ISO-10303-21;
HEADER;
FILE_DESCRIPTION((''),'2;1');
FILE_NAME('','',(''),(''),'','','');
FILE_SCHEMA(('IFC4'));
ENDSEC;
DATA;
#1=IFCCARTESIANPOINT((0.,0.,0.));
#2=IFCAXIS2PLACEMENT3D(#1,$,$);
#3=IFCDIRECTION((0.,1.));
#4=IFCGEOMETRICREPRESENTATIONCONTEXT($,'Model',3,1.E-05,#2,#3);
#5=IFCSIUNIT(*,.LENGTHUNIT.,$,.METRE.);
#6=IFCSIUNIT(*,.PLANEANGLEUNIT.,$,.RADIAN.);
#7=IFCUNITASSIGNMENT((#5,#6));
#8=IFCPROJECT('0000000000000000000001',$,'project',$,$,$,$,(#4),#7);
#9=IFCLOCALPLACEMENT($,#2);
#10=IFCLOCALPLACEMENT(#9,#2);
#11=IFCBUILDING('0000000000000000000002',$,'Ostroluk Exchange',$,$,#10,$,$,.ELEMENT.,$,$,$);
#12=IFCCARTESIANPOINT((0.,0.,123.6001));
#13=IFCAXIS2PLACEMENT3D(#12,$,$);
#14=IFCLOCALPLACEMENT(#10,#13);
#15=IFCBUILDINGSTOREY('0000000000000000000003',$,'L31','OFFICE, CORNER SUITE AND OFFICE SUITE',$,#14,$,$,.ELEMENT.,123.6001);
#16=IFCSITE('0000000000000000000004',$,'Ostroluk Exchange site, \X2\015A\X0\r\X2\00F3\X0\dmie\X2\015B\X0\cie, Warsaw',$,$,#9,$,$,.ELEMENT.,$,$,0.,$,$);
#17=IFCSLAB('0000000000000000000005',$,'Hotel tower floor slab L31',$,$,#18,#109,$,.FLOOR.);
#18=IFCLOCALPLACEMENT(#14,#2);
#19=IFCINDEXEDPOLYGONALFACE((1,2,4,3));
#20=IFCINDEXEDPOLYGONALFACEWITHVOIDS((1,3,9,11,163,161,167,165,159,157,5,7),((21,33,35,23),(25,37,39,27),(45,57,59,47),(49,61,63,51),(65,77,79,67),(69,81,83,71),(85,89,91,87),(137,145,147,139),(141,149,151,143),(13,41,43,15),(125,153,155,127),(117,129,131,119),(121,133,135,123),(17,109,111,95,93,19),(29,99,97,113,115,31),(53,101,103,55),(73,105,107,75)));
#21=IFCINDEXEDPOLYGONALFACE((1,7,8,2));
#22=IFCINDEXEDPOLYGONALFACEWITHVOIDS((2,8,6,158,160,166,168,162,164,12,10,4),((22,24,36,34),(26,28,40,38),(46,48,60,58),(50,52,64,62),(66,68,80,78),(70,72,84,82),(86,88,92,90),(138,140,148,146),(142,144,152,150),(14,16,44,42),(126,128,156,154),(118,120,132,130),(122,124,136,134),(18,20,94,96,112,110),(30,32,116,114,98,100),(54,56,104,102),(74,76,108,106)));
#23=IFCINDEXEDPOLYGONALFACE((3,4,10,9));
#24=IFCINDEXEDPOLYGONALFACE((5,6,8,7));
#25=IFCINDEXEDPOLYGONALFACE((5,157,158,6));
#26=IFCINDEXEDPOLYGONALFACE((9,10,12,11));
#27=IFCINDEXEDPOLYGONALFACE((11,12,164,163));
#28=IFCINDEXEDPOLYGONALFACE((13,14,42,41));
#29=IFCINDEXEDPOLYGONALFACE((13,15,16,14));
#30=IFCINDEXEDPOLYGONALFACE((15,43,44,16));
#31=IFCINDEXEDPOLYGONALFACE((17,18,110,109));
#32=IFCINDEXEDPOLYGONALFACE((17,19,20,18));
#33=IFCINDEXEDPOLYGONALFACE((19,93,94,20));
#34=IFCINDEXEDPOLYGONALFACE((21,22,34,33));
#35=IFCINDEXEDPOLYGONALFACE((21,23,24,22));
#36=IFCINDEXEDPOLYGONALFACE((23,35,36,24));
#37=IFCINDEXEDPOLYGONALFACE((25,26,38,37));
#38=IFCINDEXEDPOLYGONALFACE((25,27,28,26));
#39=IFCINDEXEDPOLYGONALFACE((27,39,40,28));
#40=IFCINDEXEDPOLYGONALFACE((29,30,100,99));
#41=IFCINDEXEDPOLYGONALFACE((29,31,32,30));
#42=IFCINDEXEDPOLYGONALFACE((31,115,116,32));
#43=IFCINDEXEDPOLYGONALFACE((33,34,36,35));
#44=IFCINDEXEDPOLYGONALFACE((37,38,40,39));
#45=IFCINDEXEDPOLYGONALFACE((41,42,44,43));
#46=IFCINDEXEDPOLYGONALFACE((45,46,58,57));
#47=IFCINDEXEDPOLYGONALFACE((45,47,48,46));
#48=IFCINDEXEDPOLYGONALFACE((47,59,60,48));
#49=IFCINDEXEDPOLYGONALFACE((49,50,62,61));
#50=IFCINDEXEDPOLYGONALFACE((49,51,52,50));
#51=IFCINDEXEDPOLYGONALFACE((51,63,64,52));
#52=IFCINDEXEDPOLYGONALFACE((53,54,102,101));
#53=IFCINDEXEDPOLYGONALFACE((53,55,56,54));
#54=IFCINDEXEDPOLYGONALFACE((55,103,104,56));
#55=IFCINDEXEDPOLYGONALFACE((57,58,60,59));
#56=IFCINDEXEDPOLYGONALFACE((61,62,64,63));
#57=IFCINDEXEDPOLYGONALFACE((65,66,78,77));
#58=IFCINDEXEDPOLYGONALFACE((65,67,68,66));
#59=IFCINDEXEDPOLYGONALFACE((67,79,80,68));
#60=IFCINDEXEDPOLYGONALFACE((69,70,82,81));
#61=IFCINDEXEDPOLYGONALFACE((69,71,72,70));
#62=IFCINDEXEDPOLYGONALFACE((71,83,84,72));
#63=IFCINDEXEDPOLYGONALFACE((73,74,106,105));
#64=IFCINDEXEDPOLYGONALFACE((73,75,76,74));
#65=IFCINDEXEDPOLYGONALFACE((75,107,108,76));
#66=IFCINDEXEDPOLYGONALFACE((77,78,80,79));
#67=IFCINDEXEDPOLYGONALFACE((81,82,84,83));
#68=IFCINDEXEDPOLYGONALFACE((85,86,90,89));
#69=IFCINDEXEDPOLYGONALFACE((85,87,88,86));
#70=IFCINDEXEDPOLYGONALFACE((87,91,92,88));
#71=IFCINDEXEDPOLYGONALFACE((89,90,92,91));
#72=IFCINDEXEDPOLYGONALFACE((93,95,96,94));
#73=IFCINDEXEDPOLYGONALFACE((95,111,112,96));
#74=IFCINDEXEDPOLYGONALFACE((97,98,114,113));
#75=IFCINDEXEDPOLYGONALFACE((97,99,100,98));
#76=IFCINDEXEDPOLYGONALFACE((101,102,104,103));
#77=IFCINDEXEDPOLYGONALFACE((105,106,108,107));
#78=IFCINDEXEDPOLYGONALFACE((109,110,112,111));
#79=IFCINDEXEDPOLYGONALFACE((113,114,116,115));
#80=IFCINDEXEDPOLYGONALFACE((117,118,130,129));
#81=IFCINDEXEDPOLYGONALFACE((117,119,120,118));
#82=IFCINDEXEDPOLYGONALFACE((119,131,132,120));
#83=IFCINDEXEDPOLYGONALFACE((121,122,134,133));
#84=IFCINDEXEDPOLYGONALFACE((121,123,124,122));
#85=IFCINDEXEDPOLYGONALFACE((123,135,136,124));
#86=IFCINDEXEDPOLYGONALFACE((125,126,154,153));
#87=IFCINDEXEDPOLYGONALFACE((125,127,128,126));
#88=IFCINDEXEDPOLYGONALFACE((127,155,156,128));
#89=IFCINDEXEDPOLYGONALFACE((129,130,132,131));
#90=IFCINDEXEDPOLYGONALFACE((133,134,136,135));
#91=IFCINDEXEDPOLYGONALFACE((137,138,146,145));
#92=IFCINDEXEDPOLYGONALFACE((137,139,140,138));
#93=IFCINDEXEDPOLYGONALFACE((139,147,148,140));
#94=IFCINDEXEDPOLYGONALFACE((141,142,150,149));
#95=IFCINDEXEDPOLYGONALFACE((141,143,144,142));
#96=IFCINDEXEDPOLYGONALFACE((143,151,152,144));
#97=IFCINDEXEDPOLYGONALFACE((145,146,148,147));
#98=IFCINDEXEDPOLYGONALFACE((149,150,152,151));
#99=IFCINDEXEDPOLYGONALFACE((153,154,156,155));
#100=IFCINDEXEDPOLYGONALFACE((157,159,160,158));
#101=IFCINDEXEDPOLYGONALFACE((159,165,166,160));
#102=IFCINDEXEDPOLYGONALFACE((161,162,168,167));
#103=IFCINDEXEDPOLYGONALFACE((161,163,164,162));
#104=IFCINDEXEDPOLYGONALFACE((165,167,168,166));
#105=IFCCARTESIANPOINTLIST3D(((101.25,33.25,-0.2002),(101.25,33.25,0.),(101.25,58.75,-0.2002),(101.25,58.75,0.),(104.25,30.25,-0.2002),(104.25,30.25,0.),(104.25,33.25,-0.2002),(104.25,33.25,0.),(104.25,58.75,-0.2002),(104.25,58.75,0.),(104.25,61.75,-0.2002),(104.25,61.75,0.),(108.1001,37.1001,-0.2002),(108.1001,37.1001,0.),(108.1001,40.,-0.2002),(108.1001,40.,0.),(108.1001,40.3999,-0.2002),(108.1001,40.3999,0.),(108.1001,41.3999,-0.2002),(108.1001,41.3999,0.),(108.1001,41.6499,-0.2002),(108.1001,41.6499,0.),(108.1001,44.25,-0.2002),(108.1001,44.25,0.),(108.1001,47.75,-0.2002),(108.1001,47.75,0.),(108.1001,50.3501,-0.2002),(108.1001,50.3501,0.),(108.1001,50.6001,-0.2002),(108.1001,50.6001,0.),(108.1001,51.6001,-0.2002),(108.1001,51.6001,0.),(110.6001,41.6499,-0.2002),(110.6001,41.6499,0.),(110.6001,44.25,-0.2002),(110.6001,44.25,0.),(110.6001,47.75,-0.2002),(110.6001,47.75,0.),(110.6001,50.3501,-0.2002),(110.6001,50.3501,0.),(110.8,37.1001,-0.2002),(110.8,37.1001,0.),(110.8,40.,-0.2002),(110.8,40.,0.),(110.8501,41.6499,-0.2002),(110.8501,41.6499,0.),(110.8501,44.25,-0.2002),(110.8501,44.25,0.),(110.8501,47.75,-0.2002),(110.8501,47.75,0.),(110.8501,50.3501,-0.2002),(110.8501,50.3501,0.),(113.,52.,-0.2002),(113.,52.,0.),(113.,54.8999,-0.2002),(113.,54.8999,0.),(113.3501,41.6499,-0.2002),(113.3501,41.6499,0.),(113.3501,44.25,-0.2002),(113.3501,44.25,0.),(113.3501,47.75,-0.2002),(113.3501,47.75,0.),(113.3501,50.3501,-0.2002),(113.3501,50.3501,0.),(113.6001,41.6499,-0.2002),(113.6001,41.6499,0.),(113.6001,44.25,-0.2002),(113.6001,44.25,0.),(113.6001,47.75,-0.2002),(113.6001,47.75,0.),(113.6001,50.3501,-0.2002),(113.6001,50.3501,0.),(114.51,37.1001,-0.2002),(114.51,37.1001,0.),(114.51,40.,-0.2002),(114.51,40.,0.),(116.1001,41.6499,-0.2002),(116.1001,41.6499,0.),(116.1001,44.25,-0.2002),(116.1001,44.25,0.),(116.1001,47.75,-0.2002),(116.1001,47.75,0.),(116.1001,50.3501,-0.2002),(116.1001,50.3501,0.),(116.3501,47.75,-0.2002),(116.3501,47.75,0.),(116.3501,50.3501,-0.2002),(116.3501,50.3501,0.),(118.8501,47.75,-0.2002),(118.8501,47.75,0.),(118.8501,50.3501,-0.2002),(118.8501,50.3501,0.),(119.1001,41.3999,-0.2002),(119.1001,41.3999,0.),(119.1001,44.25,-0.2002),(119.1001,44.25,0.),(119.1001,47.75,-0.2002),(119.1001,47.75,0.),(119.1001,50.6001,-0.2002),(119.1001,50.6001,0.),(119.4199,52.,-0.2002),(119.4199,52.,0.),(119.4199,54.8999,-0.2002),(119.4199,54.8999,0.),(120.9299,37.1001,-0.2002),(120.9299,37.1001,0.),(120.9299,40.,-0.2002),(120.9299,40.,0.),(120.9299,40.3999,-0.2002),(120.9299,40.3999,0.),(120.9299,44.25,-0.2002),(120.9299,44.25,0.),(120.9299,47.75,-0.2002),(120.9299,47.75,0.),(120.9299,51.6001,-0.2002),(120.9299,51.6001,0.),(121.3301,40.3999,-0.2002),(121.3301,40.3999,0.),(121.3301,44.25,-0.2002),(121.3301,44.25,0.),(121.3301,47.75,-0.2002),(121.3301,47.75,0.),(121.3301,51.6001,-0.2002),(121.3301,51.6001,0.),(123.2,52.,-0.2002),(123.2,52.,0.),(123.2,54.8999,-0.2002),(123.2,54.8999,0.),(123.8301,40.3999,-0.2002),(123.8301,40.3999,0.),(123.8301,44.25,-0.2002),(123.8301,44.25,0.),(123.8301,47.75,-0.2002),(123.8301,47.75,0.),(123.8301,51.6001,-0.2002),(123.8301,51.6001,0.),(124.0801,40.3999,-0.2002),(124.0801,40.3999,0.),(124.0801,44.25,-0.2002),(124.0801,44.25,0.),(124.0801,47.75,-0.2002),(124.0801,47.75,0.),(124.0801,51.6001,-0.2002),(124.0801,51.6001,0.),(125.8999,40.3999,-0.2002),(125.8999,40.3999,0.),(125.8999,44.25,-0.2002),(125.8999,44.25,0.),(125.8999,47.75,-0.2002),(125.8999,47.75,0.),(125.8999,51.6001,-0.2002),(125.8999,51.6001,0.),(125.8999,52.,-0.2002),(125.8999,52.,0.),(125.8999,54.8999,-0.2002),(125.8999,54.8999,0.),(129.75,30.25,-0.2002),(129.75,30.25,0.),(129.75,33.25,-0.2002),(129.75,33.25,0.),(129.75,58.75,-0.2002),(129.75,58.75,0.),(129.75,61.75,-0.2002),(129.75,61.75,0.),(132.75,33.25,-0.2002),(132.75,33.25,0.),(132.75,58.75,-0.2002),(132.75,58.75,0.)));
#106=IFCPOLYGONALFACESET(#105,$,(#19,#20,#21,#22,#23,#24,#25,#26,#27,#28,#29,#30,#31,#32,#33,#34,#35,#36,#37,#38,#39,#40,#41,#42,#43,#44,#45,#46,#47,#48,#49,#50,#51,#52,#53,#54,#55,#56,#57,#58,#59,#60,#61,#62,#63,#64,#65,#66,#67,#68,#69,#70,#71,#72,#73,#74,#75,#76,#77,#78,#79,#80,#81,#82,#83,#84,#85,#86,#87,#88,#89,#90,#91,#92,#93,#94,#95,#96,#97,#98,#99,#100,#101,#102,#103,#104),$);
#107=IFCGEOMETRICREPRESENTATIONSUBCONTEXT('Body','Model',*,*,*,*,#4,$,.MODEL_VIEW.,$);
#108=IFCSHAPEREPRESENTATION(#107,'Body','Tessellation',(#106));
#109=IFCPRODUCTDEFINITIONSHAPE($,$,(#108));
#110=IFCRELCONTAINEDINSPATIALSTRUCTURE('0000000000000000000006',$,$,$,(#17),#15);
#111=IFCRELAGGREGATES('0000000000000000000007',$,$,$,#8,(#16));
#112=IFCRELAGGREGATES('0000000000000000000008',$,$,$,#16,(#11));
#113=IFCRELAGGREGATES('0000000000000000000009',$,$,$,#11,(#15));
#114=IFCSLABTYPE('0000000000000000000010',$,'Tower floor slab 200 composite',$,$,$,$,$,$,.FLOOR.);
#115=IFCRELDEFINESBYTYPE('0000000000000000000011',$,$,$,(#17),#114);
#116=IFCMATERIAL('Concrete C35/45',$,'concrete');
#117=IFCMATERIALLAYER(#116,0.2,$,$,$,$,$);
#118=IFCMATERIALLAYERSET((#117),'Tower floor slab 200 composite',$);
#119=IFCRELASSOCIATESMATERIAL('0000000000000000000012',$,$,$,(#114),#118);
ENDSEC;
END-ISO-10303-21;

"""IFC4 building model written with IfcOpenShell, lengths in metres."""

from ifc_helpers import new_model, si_unit, direction, frame, origin, place, context, subcontext, project, spatial, polyline, outline, extrude, material, layer, layer_set, type_object, element, save


model = new_model("IFC4")

# Units and contexts
model_context = context("Model", 3, precision=1e-05, world=origin(), true_north=direction((0.0, 1.0)))
body_context = subcontext(model_context, "Body", "Model", "MODEL_VIEW")
ifc_project = project(units=[si_unit("LENGTHUNIT", "METRE"), si_unit("PLANEANGLEUNIT", "RADIAN")], contexts=[model_context])

# Site, building, storey
site_placement = place(None, origin())
site = spatial("IfcSite", under=ifc_project, at=site_placement, Name="Ostroluk Exchange site, Śródmieście, Warsaw", CompositionType="ELEMENT", RefElevation=0.0)
building_placement = place(site_placement, origin())
building = spatial("IfcBuilding", under=site, at=building_placement, Name="Ostroluk Exchange", CompositionType="ELEMENT")
storey_placement = place(building_placement, frame((0.0, 0.0, 123.6001)))
storey = spatial("IfcBuildingStorey", under=building, at=storey_placement, Name="L31", Description="OFFICE, CORNER SUITE AND OFFICE SUITE", CompositionType="ELEMENT", Elevation=123.6001)

# Slab
ifc_material_1 = material(Name="Concrete C35/45", Category="concrete")
ifc_layer_1 = layer(ifc_material_1, 0.2)
ifc_layer_set_1 = layer_set([ifc_layer_1], Name="Tower floor slab 200 composite")
slab_type_1 = type_object("IfcSlabType", Name="Tower floor slab 200 composite", PredefinedType="FLOOR", material=ifc_layer_set_1)
slab_1_placement = place(storey_placement, frame((0.0, 0.0, -0.2002)))
element("IfcSlab", 1, at=slab_1_placement, inside=storey, type_object=slab_type_1, Name="Hotel tower floor slab L31", PredefinedType="FLOOR", context=body_context, shape_type="SweptSolid", body=[
    extrude(outline(polyline([(104.25, 30.25), (129.75, 30.25), (129.75, 33.25), (132.75, 33.25), (132.75, 58.75), (129.75, 58.75), (129.75, 61.75), (104.25, 61.75), (104.25, 58.75), (101.25, 58.75), (101.25, 33.25), (104.25, 33.25), (104.25, 30.25)]), holes=[polyline([(108.1001, 37.1001), (110.8, 37.1001), (110.8, 40.0), (108.1001, 40.0), (108.1001, 37.1001)]), polyline([(114.51, 37.1001), (120.9299, 37.1001), (120.9299, 40.0), (114.51, 40.0), (114.51, 37.1001)]), polyline([(113.0, 52.0), (119.4199, 52.0), (119.4199, 54.8999), (113.0, 54.8999), (113.0, 52.0)]), polyline([(123.2, 52.0), (125.8999, 52.0), (125.8999, 54.8999), (123.2, 54.8999), (123.2, 52.0)]), polyline([(108.1001, 47.75), (110.6001, 47.75), (110.6001, 50.3501), (108.1001, 50.3501), (108.1001, 47.75)]), polyline([(110.8501, 47.75), (113.3501, 47.75), (113.3501, 50.3501), (110.8501, 50.3501), (110.8501, 47.75)]), polyline([(113.6001, 47.75), (116.1001, 47.75), (116.1001, 50.3501), (113.6001, 50.3501), (113.6001, 47.75)]), polyline([(116.3501, 47.75), (118.8501, 47.75), (118.8501, 50.3501), (116.3501, 50.3501), (116.3501, 47.75)]), polyline([(108.1001, 41.6499), (110.6001, 41.6499), (110.6001, 44.25), (108.1001, 44.25), (108.1001, 41.6499)]), polyline([(110.8501, 41.6499), (113.3501, 41.6499), (113.3501, 44.25), (110.8501, 44.25), (110.8501, 41.6499)]), polyline([(113.6001, 41.6499), (116.1001, 41.6499), (116.1001, 44.25), (113.6001, 44.25), (113.6001, 41.6499)]), polyline([(121.3301, 47.75), (123.8301, 47.75), (123.8301, 51.6001), (121.3301, 51.6001), (121.3301, 47.75)]), polyline([(121.3301, 40.3999), (123.8301, 40.3999), (123.8301, 44.25), (121.3301, 44.25), (121.3301, 40.3999)]), polyline([(120.9299, 51.6001), (120.9299, 47.75), (119.1001, 47.75), (119.1001, 50.6001), (108.1001, 50.6001), (108.1001, 51.6001), (120.9299, 51.6001)]), polyline([(108.1001, 40.3999), (108.1001, 41.3999), (119.1001, 41.3999), (119.1001, 44.25), (120.9299, 44.25), (120.9299, 40.3999), (108.1001, 40.3999)]), polyline([(124.0801, 47.75), (125.8999, 47.75), (125.8999, 51.6001), (124.0801, 51.6001), (124.0801, 47.75)]), polyline([(124.0801, 40.3999), (125.8999, 40.3999), (125.8999, 44.25), (124.0801, 44.25), (124.0801, 40.3999)])]), origin(), (0.0, 0.0, 1.0), 0.2002),
])

save(model, "model.ifc")
